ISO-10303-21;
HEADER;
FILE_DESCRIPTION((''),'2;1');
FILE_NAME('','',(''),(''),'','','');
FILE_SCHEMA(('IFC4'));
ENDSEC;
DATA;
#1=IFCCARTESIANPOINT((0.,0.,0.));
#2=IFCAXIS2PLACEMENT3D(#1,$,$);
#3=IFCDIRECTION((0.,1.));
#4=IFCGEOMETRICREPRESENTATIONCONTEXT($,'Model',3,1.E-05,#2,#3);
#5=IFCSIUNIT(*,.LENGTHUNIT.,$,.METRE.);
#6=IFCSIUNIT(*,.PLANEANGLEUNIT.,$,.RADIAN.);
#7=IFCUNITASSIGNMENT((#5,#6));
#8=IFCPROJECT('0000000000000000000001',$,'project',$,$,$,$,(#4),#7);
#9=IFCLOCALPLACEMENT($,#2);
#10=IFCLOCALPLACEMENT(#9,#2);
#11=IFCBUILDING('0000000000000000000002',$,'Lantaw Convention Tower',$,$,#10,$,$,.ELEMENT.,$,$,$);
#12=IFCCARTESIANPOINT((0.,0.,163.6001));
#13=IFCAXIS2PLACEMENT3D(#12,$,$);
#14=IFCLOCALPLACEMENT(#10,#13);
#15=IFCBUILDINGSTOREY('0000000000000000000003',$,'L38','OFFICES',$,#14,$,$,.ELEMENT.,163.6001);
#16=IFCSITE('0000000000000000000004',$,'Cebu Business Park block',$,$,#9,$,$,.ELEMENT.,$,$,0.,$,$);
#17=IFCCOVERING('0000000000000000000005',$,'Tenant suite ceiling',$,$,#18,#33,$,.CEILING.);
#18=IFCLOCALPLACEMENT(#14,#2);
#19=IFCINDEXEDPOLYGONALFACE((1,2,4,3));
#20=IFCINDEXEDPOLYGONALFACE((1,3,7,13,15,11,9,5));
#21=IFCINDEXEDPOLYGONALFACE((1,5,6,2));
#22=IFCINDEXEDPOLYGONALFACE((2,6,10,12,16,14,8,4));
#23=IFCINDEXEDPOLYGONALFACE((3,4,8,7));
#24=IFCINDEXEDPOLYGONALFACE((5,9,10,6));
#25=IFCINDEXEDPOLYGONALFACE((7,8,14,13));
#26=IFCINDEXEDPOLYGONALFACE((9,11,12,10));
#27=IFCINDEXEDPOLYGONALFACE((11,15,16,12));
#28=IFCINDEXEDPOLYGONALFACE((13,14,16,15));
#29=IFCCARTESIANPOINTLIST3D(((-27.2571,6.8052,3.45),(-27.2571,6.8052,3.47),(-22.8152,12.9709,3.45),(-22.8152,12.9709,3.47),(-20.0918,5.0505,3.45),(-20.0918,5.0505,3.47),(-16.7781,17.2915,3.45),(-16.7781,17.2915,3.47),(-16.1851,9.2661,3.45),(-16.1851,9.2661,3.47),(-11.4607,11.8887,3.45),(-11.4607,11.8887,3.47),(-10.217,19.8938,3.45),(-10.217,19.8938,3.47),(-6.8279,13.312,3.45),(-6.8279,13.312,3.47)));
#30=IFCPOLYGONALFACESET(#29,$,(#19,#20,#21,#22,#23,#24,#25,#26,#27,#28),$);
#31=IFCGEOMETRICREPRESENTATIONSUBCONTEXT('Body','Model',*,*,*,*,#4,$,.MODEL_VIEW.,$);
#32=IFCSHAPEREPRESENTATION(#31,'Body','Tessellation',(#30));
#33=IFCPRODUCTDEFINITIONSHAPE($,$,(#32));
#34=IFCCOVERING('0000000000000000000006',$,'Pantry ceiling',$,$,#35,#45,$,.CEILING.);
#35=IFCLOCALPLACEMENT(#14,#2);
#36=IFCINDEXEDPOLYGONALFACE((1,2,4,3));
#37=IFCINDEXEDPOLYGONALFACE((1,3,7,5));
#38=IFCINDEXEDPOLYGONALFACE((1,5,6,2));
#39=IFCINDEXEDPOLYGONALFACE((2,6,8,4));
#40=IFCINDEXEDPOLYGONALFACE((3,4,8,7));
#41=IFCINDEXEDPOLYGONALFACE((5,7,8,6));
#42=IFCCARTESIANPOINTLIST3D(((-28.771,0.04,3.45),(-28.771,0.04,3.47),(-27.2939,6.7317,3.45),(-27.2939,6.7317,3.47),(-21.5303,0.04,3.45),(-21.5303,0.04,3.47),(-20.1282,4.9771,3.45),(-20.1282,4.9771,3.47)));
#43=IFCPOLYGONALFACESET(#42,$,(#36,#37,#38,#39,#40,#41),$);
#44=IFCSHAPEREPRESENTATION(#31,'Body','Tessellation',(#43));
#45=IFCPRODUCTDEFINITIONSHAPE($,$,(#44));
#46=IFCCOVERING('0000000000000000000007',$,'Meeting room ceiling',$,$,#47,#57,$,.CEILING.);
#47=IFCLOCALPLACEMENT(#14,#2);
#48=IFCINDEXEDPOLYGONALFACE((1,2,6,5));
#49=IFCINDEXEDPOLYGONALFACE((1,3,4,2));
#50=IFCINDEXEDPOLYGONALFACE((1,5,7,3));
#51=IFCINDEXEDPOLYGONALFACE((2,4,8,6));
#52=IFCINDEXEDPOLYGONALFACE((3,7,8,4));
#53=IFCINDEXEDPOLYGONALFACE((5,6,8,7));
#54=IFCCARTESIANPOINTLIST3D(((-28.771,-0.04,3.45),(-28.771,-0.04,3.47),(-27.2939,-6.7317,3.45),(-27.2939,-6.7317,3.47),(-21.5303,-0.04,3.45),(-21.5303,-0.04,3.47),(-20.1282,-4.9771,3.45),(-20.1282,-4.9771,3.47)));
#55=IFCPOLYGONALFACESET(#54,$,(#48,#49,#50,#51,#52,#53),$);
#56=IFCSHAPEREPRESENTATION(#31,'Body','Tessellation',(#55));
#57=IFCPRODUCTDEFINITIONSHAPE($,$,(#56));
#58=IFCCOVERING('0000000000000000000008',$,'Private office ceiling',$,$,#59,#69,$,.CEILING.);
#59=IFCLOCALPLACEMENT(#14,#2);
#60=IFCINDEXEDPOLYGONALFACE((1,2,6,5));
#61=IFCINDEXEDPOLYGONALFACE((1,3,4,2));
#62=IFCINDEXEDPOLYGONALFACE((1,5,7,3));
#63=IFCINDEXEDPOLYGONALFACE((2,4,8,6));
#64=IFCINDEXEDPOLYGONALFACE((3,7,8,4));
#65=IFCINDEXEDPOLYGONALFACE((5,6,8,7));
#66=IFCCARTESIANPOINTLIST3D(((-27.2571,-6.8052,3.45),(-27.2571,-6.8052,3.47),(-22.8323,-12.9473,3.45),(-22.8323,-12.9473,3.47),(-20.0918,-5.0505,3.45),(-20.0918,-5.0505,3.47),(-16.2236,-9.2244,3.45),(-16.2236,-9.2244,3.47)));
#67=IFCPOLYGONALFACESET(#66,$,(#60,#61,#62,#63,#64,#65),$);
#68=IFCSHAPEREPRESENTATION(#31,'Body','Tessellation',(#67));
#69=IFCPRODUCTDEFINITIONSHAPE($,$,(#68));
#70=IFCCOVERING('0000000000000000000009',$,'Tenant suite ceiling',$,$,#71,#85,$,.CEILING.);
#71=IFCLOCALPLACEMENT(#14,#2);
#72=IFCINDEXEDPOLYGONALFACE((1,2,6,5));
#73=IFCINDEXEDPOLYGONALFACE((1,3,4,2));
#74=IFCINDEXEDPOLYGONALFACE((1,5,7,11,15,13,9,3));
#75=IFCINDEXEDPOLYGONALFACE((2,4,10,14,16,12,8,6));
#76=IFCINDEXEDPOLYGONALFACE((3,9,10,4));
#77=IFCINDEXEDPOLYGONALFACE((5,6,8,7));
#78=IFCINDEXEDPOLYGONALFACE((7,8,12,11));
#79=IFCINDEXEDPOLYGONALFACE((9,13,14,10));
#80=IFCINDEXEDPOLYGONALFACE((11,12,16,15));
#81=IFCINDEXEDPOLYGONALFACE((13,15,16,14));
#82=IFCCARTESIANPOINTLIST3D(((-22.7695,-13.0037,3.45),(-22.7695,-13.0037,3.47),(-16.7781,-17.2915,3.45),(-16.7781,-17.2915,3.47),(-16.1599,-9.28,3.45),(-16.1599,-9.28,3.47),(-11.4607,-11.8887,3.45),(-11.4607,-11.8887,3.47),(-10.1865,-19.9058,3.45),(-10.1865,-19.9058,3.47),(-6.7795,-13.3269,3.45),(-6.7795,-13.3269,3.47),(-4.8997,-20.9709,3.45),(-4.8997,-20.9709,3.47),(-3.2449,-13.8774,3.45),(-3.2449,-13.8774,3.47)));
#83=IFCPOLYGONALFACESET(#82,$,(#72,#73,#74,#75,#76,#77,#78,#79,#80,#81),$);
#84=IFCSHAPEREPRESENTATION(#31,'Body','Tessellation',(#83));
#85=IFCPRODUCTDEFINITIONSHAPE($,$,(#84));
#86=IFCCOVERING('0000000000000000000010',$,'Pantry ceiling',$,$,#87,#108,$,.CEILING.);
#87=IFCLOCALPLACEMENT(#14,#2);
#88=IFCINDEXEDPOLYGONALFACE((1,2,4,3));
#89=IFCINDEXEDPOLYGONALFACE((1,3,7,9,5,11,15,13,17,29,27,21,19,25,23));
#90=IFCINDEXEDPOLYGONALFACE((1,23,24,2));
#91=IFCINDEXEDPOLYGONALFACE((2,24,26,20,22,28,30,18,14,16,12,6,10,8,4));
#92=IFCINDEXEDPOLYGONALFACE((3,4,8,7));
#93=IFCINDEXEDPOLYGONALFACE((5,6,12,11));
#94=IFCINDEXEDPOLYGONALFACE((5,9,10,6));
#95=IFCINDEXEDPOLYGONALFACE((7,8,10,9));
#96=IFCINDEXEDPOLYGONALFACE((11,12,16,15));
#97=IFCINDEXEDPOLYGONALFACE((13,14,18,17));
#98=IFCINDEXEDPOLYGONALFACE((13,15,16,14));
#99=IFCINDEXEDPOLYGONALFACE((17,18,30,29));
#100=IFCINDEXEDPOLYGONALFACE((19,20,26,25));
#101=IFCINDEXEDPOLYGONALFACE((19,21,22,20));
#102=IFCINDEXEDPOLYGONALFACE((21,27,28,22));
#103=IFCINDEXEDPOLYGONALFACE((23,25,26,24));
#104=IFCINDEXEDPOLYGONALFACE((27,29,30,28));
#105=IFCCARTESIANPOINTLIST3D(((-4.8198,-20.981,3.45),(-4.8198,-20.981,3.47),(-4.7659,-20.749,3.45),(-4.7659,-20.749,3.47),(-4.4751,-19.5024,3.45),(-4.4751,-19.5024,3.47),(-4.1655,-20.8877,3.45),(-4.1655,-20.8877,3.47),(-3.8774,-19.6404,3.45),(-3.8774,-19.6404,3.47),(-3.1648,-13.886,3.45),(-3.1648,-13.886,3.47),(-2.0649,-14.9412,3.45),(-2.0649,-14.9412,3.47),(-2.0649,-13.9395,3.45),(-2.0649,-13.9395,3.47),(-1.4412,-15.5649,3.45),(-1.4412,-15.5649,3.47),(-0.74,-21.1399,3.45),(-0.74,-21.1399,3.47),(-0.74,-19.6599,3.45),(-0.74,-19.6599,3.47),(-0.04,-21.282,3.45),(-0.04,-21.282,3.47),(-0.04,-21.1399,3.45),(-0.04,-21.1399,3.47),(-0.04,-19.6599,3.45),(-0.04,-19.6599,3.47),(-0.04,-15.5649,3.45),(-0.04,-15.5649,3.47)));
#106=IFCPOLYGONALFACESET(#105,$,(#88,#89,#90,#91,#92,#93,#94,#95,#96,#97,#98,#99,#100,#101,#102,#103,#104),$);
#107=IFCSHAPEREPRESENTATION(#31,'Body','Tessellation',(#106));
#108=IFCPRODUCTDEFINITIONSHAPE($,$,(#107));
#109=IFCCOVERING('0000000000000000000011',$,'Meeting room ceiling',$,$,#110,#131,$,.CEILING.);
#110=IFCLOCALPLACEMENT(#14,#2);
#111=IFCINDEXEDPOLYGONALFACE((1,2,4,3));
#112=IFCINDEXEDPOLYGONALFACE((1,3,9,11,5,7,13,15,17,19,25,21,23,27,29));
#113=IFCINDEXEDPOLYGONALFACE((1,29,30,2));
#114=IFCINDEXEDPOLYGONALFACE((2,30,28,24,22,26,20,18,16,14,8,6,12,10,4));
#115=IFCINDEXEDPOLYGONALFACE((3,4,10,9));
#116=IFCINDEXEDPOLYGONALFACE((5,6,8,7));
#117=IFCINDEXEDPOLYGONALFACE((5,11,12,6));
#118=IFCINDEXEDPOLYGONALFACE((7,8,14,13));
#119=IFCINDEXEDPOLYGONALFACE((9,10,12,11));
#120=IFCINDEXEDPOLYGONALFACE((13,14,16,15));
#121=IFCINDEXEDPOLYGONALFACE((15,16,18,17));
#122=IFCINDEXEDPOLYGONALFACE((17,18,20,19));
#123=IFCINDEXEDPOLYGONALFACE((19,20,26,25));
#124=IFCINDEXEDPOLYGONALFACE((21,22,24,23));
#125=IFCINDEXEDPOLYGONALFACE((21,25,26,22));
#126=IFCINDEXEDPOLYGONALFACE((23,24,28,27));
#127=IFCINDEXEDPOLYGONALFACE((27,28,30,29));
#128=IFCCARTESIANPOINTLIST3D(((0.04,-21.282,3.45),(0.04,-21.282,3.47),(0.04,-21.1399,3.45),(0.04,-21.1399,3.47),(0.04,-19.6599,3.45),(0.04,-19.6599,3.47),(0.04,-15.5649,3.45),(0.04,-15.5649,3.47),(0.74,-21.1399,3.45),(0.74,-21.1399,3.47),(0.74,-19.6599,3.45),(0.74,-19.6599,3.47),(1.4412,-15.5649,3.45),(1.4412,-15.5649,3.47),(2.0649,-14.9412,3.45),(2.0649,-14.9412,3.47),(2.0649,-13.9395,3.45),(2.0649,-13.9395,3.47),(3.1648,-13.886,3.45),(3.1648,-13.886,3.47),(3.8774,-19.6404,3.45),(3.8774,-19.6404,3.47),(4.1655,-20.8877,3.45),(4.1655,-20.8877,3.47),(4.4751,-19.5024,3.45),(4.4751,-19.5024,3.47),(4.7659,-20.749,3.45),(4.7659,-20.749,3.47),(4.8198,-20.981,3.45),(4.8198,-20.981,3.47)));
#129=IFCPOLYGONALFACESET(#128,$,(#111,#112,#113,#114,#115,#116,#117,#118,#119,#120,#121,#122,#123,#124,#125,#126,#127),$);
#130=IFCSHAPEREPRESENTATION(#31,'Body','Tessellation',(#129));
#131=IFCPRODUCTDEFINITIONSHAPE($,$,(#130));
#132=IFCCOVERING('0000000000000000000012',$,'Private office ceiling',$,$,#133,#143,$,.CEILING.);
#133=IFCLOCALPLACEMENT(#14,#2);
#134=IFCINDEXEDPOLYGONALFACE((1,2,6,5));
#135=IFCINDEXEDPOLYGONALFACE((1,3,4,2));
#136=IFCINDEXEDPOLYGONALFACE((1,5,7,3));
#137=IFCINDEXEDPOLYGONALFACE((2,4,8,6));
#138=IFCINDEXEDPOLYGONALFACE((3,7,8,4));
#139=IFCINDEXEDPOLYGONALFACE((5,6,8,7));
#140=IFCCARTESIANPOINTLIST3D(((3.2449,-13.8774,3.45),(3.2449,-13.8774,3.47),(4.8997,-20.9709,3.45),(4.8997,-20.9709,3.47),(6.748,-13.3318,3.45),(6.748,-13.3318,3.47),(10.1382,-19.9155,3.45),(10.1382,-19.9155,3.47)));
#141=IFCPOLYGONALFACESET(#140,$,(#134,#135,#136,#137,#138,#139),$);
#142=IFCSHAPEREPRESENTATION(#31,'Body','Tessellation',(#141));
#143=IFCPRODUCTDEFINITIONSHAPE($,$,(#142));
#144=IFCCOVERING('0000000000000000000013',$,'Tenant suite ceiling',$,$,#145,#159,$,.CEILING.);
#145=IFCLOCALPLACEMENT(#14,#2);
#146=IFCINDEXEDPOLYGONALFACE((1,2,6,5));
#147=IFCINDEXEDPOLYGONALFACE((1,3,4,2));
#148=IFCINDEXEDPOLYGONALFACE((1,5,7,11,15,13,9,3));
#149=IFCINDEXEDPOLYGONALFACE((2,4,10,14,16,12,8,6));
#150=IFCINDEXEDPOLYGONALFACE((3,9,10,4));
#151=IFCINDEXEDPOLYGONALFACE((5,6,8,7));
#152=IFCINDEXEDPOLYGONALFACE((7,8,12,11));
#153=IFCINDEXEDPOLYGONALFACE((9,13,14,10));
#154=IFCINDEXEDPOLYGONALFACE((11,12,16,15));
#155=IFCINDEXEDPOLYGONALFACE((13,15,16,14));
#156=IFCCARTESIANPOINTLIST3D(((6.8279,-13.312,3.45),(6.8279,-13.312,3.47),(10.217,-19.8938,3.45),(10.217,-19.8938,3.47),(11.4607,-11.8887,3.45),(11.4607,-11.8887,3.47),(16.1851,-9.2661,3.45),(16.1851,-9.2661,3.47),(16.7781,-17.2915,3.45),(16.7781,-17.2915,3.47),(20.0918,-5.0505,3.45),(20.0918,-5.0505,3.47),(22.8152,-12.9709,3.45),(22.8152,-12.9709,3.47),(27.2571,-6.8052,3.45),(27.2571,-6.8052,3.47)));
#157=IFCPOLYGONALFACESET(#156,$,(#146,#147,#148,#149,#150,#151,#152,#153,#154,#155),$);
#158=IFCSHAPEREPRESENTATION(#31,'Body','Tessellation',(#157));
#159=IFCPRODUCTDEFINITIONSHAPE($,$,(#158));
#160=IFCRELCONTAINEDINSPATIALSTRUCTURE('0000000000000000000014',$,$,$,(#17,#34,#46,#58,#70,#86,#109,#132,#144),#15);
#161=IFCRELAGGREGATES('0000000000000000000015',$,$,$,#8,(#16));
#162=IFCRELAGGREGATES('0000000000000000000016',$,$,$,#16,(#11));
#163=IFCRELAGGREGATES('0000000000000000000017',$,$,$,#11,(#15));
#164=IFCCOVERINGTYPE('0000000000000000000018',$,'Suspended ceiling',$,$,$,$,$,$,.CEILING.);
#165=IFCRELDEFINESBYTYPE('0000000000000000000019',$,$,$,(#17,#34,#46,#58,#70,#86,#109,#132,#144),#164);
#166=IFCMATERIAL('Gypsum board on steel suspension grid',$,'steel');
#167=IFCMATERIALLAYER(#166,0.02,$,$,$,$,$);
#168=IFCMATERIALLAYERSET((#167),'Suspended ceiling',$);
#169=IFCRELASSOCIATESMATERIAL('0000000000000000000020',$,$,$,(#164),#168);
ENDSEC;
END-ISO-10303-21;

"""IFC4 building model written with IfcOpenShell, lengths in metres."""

from ifc_helpers import new_model, si_unit, direction, frame, origin, place, context, subcontext, project, spatial, polyline, outline, extrude, material, layer, layer_set, type_object, element, save


model = new_model("IFC4")

# Units and contexts
model_context = context("Model", 3, precision=1e-05, world=origin(), true_north=direction((0.0, 1.0)))
body_context = subcontext(model_context, "Body", "Model", "MODEL_VIEW")
ifc_project = project(units=[si_unit("LENGTHUNIT", "METRE"), si_unit("PLANEANGLEUNIT", "RADIAN")], contexts=[model_context])

# Site, building, storey
site_placement = place(None, origin())
site = spatial("IfcSite", under=ifc_project, at=site_placement, Name="Cebu Business Park block", CompositionType="ELEMENT", RefElevation=0.0)
building_placement = place(site_placement, origin())
building = spatial("IfcBuilding", under=site, at=building_placement, Name="Lantaw Convention Tower", CompositionType="ELEMENT")
storey_placement = place(building_placement, frame((0.0, 0.0, 163.6001)))
storey = spatial("IfcBuildingStorey", under=building, at=storey_placement, Name="L38", Description="OFFICES", CompositionType="ELEMENT", Elevation=163.6001)

# Coverings
ifc_material_1 = material(Name="Gypsum board on steel suspension grid", Category="steel")
ifc_layer_1 = layer(ifc_material_1, 0.02)
ifc_layer_set_1 = layer_set([ifc_layer_1], Name="Suspended ceiling")
covering_type = type_object("IfcCoveringType", Name="Suspended ceiling", PredefinedType="CEILING", material=ifc_layer_set_1)
covering_1_placement = place(storey_placement, frame((0.0, 0.0, 3.45)))
element("IfcCovering", 1, at=covering_1_placement, inside=storey, type_object=covering_type, Name="Tenant suite ceiling", PredefinedType="CEILING", context=body_context, shape_type="SweptSolid", body=[
    extrude(outline(polyline([(-6.8279, 13.312), (-10.217, 19.8938), (-16.7781, 17.2915), (-22.8152, 12.9709), (-27.2571, 6.8052), (-20.0918, 5.0505), (-16.1851, 9.2661), (-11.4607, 11.8887), (-6.8279, 13.312)])), origin(), (0.0, 0.0, 1.0), 0.02),
])
covering_2_placement = place(storey_placement, frame((0.0, 0.0, 3.45)))
element("IfcCovering", 2, at=covering_2_placement, inside=storey, type_object=covering_type, Name="Pantry ceiling", PredefinedType="CEILING", context=body_context, shape_type="SweptSolid", body=[
    extrude(outline(polyline([(-20.1282, 4.9771), (-27.2939, 6.7317), (-28.771, 0.04), (-21.5303, 0.04), (-20.1282, 4.9771)])), origin(), (0.0, 0.0, 1.0), 0.02),
])
covering_3_placement = place(storey_placement, frame((0.0, 0.0, 3.45)))
element("IfcCovering", 3, at=covering_3_placement, inside=storey, type_object=covering_type, Name="Meeting room ceiling", PredefinedType="CEILING", context=body_context, shape_type="SweptSolid", body=[
    extrude(outline(polyline([(-21.5303, -0.04), (-28.771, -0.04), (-27.2939, -6.7317), (-20.1282, -4.9771), (-21.5303, -0.04)])), origin(), (0.0, 0.0, 1.0), 0.02),
])
covering_4_placement = place(storey_placement, frame((0.0, 0.0, 3.45)))
element("IfcCovering", 4, at=covering_4_placement, inside=storey, type_object=covering_type, Name="Private office ceiling", PredefinedType="CEILING", context=body_context, shape_type="SweptSolid", body=[
    extrude(outline(polyline([(-20.0918, -5.0505), (-27.2571, -6.8052), (-22.8323, -12.9473), (-16.2236, -9.2244), (-20.0918, -5.0505)])), origin(), (0.0, 0.0, 1.0), 0.02),
])
covering_5_placement = place(storey_placement, frame((0.0, 0.0, 3.45)))
element("IfcCovering", 5, at=covering_5_placement, inside=storey, type_object=covering_type, Name="Tenant suite ceiling", PredefinedType="CEILING", context=body_context, shape_type="SweptSolid", body=[
    extrude(outline(polyline([(-16.1599, -9.28), (-22.7695, -13.0037), (-16.7781, -17.2915), (-10.1865, -19.9058), (-4.8997, -20.9709), (-3.2449, -13.8774), (-6.7795, -13.3269), (-11.4607, -11.8887), (-16.1599, -9.28)])), origin(), (0.0, 0.0, 1.0), 0.02),
])
covering_6_placement = place(storey_placement, frame((0.0, 0.0, 3.45)))
element("IfcCovering", 6, at=covering_6_placement, inside=storey, type_object=covering_type, Name="Pantry ceiling", PredefinedType="CEILING", context=body_context, shape_type="SweptSolid", body=[
    extrude(outline(polyline([(-2.0649, -14.9412), (-2.0649, -13.9395), (-3.1648, -13.886), (-4.4751, -19.5024), (-3.8774, -19.6404), (-4.1655, -20.8877), (-4.7659, -20.749), (-4.8198, -20.981), (-0.04, -21.282), (-0.04, -21.1399), (-0.74, -21.1399), (-0.74, -19.6599), (-0.04, -19.6599), (-0.04, -15.5649), (-1.4412, -15.5649), (-2.0649, -14.9412)])), origin(), (0.0, 0.0, 1.0), 0.02),
])
covering_7_placement = place(storey_placement, frame((0.0, 0.0, 3.45)))
element("IfcCovering", 7, at=covering_7_placement, inside=storey, type_object=covering_type, Name="Meeting room ceiling", PredefinedType="CEILING", context=body_context, shape_type="SweptSolid", body=[
    extrude(outline(polyline([(4.4751, -19.5024), (3.1648, -13.886), (2.0649, -13.9395), (2.0649, -14.9412), (1.4412, -15.5649), (0.04, -15.5649), (0.04, -19.6599), (0.74, -19.6599), (0.74, -21.1399), (0.04, -21.1399), (0.04, -21.282), (4.8198, -20.981), (4.7659, -20.749), (4.1655, -20.8877), (3.8774, -19.6404), (4.4751, -19.5024)])), origin(), (0.0, 0.0, 1.0), 0.02),
])
covering_8_placement = place(storey_placement, frame((0.0, 0.0, 3.45)))
element("IfcCovering", 8, at=covering_8_placement, inside=storey, type_object=covering_type, Name="Private office ceiling", PredefinedType="CEILING", context=body_context, shape_type="SweptSolid", body=[
    extrude(outline(polyline([(3.2449, -13.8774), (4.8997, -20.9709), (10.1382, -19.9155), (6.748, -13.3318), (3.2449, -13.8774)])), origin(), (0.0, 0.0, 1.0), 0.02),
])
covering_9_placement = place(storey_placement, frame((0.0, 0.0, 3.45)))
element("IfcCovering", 9, at=covering_9_placement, inside=storey, type_object=covering_type, Name="Tenant suite ceiling", PredefinedType="CEILING", context=body_context, shape_type="SweptSolid", body=[
    extrude(outline(polyline([(6.8279, -13.312), (10.217, -19.8938), (16.7781, -17.2915), (22.8152, -12.9709), (27.2571, -6.8052), (20.0918, -5.0505), (16.1851, -9.2661), (11.4607, -11.8887), (6.8279, -13.312)])), origin(), (0.0, 0.0, 1.0), 0.02),
])

save(model, "model.ifc")
